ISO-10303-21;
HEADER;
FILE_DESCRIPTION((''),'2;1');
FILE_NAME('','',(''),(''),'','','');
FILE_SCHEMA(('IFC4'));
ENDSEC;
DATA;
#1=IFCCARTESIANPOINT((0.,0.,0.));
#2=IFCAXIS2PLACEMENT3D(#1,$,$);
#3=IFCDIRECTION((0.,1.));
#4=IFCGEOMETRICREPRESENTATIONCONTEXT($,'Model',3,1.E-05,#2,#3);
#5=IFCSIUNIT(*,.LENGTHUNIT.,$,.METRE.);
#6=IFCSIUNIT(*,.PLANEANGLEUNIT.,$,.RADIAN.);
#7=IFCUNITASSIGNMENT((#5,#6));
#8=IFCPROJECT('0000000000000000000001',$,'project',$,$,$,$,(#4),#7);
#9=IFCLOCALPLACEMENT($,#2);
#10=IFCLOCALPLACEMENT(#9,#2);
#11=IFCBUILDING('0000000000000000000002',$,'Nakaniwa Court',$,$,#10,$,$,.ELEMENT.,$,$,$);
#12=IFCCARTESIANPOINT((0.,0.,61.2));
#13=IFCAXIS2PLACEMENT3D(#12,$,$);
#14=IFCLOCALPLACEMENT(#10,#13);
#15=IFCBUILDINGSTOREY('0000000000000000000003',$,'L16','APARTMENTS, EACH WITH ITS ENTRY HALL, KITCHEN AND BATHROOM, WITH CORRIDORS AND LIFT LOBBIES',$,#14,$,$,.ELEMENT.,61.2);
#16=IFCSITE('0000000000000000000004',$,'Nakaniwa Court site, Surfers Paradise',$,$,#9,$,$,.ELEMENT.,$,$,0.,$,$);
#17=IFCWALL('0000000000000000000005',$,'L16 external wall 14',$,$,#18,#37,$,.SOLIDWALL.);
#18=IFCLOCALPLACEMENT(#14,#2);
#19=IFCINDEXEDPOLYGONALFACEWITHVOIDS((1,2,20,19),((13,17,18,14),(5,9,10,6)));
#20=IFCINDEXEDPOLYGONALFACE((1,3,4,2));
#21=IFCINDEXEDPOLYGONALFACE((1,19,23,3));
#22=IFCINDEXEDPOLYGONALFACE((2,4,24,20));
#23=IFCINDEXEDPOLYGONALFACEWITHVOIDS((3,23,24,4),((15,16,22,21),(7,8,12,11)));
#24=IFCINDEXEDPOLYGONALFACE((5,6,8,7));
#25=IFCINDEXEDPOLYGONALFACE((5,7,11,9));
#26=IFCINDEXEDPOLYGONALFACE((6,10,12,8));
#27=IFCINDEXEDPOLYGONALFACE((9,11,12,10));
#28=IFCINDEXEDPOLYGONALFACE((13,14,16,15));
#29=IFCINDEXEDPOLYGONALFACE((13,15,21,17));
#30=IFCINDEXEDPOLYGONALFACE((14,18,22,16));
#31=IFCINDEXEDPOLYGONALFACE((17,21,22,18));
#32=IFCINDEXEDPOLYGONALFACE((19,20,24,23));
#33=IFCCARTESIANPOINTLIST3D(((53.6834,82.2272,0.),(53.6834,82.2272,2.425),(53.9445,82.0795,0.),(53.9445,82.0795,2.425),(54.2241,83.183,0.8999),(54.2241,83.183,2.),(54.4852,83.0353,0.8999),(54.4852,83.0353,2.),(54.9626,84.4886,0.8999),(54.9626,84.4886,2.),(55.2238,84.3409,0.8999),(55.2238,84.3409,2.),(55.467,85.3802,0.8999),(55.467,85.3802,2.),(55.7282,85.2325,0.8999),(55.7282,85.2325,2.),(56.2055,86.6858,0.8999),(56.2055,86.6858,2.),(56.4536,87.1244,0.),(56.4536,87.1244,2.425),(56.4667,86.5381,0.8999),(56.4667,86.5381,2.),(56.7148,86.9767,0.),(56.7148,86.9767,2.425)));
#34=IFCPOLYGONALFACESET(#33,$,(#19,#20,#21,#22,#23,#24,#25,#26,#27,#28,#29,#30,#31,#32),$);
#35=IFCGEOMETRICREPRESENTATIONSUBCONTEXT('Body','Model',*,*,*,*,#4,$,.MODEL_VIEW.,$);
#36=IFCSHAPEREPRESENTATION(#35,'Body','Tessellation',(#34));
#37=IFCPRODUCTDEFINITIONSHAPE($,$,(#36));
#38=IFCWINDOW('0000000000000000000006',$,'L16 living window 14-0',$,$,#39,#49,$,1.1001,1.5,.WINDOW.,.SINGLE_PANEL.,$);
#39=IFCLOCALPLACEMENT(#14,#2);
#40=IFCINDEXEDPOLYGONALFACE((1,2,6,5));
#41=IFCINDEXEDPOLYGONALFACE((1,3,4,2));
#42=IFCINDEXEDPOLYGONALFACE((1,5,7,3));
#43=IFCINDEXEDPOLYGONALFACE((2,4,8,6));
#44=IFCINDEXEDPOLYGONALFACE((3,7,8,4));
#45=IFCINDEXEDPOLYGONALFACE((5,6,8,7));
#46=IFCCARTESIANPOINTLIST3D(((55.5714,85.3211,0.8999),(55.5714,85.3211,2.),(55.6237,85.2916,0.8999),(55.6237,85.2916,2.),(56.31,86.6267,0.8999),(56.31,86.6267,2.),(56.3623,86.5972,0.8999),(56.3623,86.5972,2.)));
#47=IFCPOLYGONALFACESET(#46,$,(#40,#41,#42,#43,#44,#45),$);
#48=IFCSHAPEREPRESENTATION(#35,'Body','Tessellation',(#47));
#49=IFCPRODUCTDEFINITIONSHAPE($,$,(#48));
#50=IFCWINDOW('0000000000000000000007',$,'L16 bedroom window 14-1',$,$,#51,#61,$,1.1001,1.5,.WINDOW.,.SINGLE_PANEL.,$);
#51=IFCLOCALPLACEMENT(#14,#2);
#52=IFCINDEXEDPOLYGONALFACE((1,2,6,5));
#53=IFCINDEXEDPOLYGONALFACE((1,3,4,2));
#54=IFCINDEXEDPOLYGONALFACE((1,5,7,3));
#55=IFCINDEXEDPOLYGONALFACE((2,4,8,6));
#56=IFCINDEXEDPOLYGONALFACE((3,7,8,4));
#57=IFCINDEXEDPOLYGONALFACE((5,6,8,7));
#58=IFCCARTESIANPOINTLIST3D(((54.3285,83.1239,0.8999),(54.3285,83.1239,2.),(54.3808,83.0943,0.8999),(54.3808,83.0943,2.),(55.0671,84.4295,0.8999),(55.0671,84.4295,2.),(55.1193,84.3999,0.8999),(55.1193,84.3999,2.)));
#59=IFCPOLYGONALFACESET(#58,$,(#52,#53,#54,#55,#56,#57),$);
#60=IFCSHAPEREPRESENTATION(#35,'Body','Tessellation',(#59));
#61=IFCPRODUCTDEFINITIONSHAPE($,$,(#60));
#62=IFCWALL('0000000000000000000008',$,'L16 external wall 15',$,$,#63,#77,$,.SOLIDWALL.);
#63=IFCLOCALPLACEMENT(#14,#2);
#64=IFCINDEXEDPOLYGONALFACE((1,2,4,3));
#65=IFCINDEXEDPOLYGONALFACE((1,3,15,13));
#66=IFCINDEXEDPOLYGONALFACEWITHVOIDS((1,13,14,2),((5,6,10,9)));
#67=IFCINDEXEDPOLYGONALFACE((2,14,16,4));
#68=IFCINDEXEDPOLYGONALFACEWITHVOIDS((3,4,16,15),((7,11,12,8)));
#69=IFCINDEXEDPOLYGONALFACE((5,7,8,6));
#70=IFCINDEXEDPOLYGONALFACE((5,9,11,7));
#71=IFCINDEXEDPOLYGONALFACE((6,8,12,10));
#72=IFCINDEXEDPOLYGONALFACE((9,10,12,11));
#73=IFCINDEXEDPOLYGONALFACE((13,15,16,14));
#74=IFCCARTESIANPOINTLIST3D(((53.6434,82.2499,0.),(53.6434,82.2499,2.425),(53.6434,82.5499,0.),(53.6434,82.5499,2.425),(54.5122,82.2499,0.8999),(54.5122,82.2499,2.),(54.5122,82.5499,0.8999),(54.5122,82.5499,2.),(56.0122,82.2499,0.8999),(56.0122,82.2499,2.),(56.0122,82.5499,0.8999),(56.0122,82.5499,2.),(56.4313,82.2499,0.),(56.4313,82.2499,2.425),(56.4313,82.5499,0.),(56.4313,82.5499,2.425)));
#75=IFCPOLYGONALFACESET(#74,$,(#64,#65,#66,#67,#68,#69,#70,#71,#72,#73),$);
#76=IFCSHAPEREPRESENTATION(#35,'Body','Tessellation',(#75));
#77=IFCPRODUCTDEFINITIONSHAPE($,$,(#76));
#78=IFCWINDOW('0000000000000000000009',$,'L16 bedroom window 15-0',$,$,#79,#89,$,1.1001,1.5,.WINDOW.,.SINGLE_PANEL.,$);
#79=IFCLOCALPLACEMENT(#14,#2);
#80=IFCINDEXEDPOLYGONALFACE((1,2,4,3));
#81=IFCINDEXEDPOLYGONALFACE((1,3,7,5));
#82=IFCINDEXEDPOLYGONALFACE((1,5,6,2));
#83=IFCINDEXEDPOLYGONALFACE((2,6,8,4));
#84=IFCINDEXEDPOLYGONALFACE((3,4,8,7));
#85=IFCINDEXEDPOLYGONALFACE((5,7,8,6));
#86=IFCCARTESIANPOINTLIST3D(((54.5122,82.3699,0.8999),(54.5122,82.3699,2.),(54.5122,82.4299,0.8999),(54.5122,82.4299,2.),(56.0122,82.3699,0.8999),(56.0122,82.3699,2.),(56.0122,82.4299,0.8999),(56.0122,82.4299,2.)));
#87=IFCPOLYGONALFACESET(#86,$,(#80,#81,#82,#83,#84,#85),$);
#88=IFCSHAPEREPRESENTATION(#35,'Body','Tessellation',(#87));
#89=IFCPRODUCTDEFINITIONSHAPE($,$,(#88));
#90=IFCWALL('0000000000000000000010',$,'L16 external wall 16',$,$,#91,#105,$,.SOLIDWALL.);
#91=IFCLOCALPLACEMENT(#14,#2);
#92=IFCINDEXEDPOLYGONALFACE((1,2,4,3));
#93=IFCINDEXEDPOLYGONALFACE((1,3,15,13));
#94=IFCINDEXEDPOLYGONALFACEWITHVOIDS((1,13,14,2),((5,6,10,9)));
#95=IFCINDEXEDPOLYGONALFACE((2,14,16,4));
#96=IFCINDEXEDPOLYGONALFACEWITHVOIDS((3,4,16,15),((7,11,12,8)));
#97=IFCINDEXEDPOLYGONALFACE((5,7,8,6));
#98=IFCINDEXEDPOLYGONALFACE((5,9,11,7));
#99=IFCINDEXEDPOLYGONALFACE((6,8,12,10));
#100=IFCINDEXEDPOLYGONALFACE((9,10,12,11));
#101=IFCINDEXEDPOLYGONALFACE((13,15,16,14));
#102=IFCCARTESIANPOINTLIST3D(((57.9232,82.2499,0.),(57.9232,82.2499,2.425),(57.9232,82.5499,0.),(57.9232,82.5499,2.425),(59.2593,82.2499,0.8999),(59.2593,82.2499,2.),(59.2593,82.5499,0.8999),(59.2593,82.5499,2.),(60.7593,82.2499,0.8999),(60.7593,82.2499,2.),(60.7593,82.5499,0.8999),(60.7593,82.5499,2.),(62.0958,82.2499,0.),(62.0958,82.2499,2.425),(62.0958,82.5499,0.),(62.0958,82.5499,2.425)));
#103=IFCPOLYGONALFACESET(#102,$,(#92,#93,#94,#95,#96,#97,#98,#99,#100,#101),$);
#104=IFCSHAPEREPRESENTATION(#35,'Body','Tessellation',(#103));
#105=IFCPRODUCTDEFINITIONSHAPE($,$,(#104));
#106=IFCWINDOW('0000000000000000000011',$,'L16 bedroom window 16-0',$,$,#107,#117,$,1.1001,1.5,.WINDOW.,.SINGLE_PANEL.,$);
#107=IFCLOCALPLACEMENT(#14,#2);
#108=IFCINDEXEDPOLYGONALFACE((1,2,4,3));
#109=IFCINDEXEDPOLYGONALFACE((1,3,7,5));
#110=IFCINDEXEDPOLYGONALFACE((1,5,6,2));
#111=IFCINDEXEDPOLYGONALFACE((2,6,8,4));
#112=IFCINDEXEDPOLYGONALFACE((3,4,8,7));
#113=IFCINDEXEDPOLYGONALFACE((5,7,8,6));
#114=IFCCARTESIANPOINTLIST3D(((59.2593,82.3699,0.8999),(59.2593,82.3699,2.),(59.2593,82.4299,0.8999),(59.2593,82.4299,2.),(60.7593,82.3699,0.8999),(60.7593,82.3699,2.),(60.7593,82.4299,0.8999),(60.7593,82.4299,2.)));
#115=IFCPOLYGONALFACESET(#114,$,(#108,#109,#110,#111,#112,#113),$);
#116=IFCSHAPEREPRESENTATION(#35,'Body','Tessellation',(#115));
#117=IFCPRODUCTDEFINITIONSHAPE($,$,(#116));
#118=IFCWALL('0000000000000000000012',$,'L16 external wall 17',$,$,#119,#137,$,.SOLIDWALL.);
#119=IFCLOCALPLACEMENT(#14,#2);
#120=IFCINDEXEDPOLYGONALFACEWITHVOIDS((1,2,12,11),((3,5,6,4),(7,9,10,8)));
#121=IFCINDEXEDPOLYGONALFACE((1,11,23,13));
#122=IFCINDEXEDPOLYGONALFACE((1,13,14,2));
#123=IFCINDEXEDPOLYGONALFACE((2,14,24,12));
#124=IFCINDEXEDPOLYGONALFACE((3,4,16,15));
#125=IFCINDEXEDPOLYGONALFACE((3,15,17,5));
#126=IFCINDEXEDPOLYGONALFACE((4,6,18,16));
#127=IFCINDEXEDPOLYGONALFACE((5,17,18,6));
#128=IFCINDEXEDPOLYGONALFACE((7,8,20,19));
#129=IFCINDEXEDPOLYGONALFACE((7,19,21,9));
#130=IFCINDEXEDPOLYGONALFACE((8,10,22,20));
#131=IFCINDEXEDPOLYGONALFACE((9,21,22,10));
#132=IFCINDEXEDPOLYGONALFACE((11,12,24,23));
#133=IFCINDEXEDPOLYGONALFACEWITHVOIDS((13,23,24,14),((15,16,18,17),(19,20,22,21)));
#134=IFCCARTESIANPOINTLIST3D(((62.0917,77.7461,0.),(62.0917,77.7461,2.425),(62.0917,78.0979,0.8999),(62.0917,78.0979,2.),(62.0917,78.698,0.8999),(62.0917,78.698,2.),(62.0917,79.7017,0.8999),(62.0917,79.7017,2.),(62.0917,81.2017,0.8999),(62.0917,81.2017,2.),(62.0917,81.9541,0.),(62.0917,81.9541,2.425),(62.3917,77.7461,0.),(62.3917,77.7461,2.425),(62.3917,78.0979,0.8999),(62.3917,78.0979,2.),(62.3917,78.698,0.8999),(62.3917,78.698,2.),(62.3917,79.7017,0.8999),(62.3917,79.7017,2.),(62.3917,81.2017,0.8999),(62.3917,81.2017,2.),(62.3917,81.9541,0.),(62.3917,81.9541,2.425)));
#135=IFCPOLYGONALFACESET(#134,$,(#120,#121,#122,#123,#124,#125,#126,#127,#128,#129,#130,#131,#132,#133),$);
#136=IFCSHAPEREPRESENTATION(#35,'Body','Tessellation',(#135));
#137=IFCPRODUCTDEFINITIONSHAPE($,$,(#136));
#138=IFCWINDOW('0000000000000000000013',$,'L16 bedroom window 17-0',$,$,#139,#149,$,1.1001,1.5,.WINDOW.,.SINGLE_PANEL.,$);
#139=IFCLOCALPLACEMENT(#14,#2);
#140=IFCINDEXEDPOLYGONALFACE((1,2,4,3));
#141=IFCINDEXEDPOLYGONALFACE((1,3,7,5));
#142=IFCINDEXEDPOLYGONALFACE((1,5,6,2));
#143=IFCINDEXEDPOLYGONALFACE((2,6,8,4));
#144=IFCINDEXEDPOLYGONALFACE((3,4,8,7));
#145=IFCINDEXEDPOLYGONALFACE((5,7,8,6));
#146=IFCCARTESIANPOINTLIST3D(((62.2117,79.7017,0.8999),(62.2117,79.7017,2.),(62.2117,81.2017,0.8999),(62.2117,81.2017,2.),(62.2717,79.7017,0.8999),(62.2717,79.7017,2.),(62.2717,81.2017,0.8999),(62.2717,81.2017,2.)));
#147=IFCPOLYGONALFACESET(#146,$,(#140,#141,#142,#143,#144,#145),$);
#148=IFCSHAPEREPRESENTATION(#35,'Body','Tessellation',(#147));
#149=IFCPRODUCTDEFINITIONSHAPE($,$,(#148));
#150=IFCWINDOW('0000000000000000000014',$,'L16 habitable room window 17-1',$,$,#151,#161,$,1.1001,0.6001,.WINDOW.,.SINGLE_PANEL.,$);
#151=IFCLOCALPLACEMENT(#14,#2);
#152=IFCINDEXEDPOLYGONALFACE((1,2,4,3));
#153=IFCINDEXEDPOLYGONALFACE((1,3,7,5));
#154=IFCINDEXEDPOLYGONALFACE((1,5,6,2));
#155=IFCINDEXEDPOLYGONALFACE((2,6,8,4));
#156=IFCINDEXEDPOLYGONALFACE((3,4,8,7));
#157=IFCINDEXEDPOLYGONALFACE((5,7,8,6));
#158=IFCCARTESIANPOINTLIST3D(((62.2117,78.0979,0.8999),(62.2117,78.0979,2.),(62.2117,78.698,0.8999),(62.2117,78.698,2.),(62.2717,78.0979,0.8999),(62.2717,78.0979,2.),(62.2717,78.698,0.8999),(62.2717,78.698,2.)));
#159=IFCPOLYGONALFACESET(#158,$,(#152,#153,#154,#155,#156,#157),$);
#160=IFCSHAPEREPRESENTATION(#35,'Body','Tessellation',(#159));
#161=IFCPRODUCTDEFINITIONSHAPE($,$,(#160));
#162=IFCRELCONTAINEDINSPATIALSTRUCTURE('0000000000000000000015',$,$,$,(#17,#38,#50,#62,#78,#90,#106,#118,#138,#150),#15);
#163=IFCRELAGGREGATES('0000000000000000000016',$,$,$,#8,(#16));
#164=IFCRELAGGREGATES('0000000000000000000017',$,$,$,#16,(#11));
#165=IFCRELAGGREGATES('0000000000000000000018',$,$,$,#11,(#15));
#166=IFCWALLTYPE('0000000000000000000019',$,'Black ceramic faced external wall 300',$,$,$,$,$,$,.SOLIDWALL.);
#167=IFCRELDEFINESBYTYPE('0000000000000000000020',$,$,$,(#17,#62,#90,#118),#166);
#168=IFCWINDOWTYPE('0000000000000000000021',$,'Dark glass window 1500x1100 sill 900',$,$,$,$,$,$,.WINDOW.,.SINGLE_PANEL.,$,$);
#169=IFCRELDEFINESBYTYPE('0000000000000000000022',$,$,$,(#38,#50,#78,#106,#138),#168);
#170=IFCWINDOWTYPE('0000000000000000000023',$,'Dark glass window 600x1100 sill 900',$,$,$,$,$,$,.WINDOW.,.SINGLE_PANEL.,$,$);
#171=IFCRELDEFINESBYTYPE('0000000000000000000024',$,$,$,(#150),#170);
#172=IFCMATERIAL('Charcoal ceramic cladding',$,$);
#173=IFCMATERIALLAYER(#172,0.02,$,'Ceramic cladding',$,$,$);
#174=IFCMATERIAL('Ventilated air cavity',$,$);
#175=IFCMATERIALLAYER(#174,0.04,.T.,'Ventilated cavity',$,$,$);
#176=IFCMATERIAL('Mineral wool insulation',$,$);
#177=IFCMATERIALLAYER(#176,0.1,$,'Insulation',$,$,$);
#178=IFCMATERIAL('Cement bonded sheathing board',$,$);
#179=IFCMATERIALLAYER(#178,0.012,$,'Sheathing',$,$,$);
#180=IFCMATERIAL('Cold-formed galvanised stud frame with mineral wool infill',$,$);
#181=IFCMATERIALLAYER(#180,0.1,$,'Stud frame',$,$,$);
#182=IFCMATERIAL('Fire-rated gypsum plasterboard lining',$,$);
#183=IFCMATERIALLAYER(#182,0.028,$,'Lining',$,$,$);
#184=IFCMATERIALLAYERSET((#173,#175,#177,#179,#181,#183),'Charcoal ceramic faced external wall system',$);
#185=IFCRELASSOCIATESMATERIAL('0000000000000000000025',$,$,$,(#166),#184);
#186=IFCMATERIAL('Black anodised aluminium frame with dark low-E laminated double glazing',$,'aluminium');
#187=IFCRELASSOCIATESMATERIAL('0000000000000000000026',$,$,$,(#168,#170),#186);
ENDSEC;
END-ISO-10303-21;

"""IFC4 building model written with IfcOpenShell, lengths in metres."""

from ifc_helpers import new_model, si_unit, direction, frame, frame_2d, origin, place, context, subcontext, project, spatial, rectangle, extrude, material, layer, layer_set, type_object, element, fill, save


model = new_model("IFC4")

# Units and contexts
model_context = context("Model", 3, precision=1e-05, world=origin(), true_north=direction((0.0, 1.0)))
body_context = subcontext(model_context, "Body", "Model", "MODEL_VIEW")
ifc_project = project(units=[si_unit("LENGTHUNIT", "METRE"), si_unit("PLANEANGLEUNIT", "RADIAN")], contexts=[model_context])

# Site, building, storey
site_placement = place(None, origin())
site = spatial("IfcSite", under=ifc_project, at=site_placement, Name="Nakaniwa Court site, Surfers Paradise", CompositionType="ELEMENT", RefElevation=0.0)
building_placement = place(site_placement, origin())
building = spatial("IfcBuilding", under=site, at=building_placement, Name="Nakaniwa Court", CompositionType="ELEMENT")
storey_placement = place(building_placement, frame((0.0, 0.0, 61.2)))
storey = spatial("IfcBuildingStorey", under=building, at=storey_placement, Name="L16", Description="APARTMENTS, EACH WITH ITS ENTRY HALL, KITCHEN AND BATHROOM, WITH CORRIDORS AND LIFT LOBBIES", CompositionType="ELEMENT", Elevation=61.2)

# Wall, openings, windows
ifc_material_1 = material(Name="Charcoal ceramic cladding")
ifc_layer_1 = layer(ifc_material_1, 0.02, Name="Ceramic cladding")
ifc_material_2 = material(Name="Ventilated air cavity")
ifc_layer_2 = layer(ifc_material_2, 0.04, ventilated=True, Name="Ventilated cavity")
ifc_material_3 = material(Name="Mineral wool insulation")
ifc_layer_3 = layer(ifc_material_3, 0.1, Name="Insulation")
ifc_material_4 = material(Name="Cement bonded sheathing board")
ifc_layer_4 = layer(ifc_material_4, 0.012, Name="Sheathing")
ifc_material_5 = material(Name="Cold-formed galvanised stud frame with mineral wool infill")
ifc_layer_5 = layer(ifc_material_5, 0.1, Name="Stud frame")
ifc_material_6 = material(Name="Fire-rated gypsum plasterboard lining")
ifc_layer_6 = layer(ifc_material_6, 0.028, Name="Lining")
ifc_layer_set_1 = layer_set([ifc_layer_1, ifc_layer_2, ifc_layer_3, ifc_layer_4, ifc_layer_5, ifc_layer_6], Name="Charcoal ceramic faced external wall system")
wall_type_1 = type_object("IfcWallType", Name="Black ceramic faced external wall 300", PredefinedType="SOLIDWALL", material=ifc_layer_set_1)
wall_1_placement = place(storey_placement, frame((56.5842, 87.0505, 0.0), z_axis=(0.0, 0.0, 1.0), x_axis=(-0.492363, -0.87039, 0.0)))
wall_1 = element("IfcWall", 1, at=wall_1_placement, inside=storey, type_object=wall_type_1, Name="L16 external wall 14", PredefinedType="SOLIDWALL", context=body_context, shape_type="SweptSolid", body=[
    extrude(rectangle(XDim=5.6265, YDim=0.3, at=frame_2d((2.8132, 0.0))), origin(), (0.0, 0.0, 1.0), 2.425),
])
opening_1_placement = place(wall_1_placement, frame((0.5039, 0.0, 0.8999)))
opening_1 = element("IfcOpeningElement", 2, at=opening_1_placement, cuts=wall_1, PredefinedType="OPENING", context=body_context, shape_type="SweptSolid", body=[
    extrude(rectangle(XDim=1.5, YDim=1.1001, at=frame_2d((0.75, 0.55))), frame((0.0, 0.1599, 0.0), z_axis=(0.0, -1.0, 0.0), x_axis=(1.0, 0.0, 0.0)), (0.0, 0.0, 1.0), 0.3201),
])
opening_2_placement = place(wall_1_placement, frame((3.0283, 0.0, 0.8999)))
opening_2 = element("IfcOpeningElement", 3, at=opening_2_placement, cuts=wall_1, PredefinedType="OPENING", context=body_context, shape_type="SweptSolid", body=[
    extrude(rectangle(XDim=1.5, YDim=1.1001, at=frame_2d((0.75, 0.55))), frame((0.0, 0.1599, 0.0), z_axis=(0.0, -1.0, 0.0), x_axis=(1.0, 0.0, 0.0)), (0.0, 0.0, 1.0), 0.3201),
])
ifc_material_7 = material(Name="Black anodised aluminium frame with dark low-E laminated double glazing", Category="aluminium")
window_type_1 = type_object("IfcWindowType", Name="Dark glass window 1500x1100 sill 900", PartitioningType="SINGLE_PANEL", PredefinedType="WINDOW", material=ifc_material_7)
window_1_placement = place(opening_1_placement, origin())
window_1 = element("IfcWindow", 4, at=window_1_placement, inside=storey, type_object=window_type_1, Name="L16 living window 14-0", OverallHeight=1.1001, OverallWidth=1.5, PartitioningType="SINGLE_PANEL", PredefinedType="WINDOW", context=body_context, shape_type="SweptSolid", body=[
    extrude(rectangle(XDim=1.5, YDim=1.1001, at=frame_2d((0.75, 0.55))), frame((0.0, 0.03, 0.0), z_axis=(0.0, -1.0, 0.0), x_axis=(1.0, 0.0, 0.0)), (0.0, 0.0, 1.0), 0.0601),
])
fill(opening_1, window_1)
window_2_placement = place(opening_2_placement, origin())
window_2 = element("IfcWindow", 5, at=window_2_placement, inside=storey, type_object=window_type_1, Name="L16 bedroom window 14-1", OverallHeight=1.1001, OverallWidth=1.5, PartitioningType="SINGLE_PANEL", PredefinedType="WINDOW", context=body_context, shape_type="SweptSolid", body=[
    extrude(rectangle(XDim=1.5, YDim=1.1001, at=frame_2d((0.75, 0.55))), frame((0.0, 0.03, 0.0), z_axis=(0.0, -1.0, 0.0), x_axis=(1.0, 0.0, 0.0)), (0.0, 0.0, 1.0), 0.0601),
])
fill(opening_2, window_2)

# Walls, openings, windows
wall_2_placement = place(storey_placement, frame((53.6433, 82.3999, 0.0), z_axis=(0.0, 0.0, 1.0), x_axis=(1.0, 0.0, 0.0)))
wall_2 = element("IfcWall", 6, at=wall_2_placement, inside=storey, type_object=wall_type_1, Name="L16 external wall 15", PredefinedType="SOLIDWALL", context=body_context, shape_type="SweptSolid", body=[
    extrude(rectangle(XDim=2.7878, YDim=0.3, at=frame_2d((1.394, 0.0))), origin(), (0.0, 0.0, 1.0), 2.425),
])
opening_3_placement = place(wall_2_placement, frame((0.8689, 0.0, 0.8999)))
opening_3 = element("IfcOpeningElement", 7, at=opening_3_placement, cuts=wall_2, PredefinedType="OPENING", context=body_context, shape_type="SweptSolid", body=[
    extrude(rectangle(XDim=1.5, YDim=1.1001, at=frame_2d((0.75, 0.55))), frame((0.0, 0.1599, 0.0), z_axis=(0.0, -1.0, 0.0), x_axis=(1.0, 0.0, 0.0)), (0.0, 0.0, 1.0), 0.3201),
])
window_3_placement = place(opening_3_placement, origin())
window_3 = element("IfcWindow", 8, at=window_3_placement, inside=storey, type_object=window_type_1, Name="L16 bedroom window 15-0", OverallHeight=1.1001, OverallWidth=1.5, PartitioningType="SINGLE_PANEL", PredefinedType="WINDOW", context=body_context, shape_type="SweptSolid", body=[
    extrude(rectangle(XDim=1.5, YDim=1.1001, at=frame_2d((0.75, 0.55))), frame((0.0, 0.03, 0.0), z_axis=(0.0, -1.0, 0.0), x_axis=(1.0, 0.0, 0.0)), (0.0, 0.0, 1.0), 0.0601),
])
fill(opening_3, window_3)
wall_3_placement = place(storey_placement, frame((57.9231, 82.3999, 0.0), z_axis=(0.0, 0.0, 1.0), x_axis=(1.0, 0.0, 0.0)))
wall_3 = element("IfcWall", 9, at=wall_3_placement, inside=storey, type_object=wall_type_1, Name="L16 external wall 16", PredefinedType="SOLIDWALL", context=body_context, shape_type="SweptSolid", body=[
    extrude(rectangle(XDim=4.1726, YDim=0.3, at=frame_2d((2.0864, 0.0))), origin(), (0.0, 0.0, 1.0), 2.425),
])
opening_4_placement = place(wall_3_placement, frame((1.3362, 0.0, 0.8999)))
opening_4 = element("IfcOpeningElement", 10, at=opening_4_placement, cuts=wall_3, PredefinedType="OPENING", context=body_context, shape_type="SweptSolid", body=[
    extrude(rectangle(XDim=1.5, YDim=1.1001, at=frame_2d((0.75, 0.55))), frame((0.0, 0.1599, 0.0), z_axis=(0.0, -1.0, 0.0), x_axis=(1.0, 0.0, 0.0)), (0.0, 0.0, 1.0), 0.3201),
])
window_4_placement = place(opening_4_placement, origin())
window_4 = element("IfcWindow", 11, at=window_4_placement, inside=storey, type_object=window_type_1, Name="L16 bedroom window 16-0", OverallHeight=1.1001, OverallWidth=1.5, PartitioningType="SINGLE_PANEL", PredefinedType="WINDOW", context=body_context, shape_type="SweptSolid", body=[
    extrude(rectangle(XDim=1.5, YDim=1.1001, at=frame_2d((0.75, 0.55))), frame((0.0, 0.03, 0.0), z_axis=(0.0, -1.0, 0.0), x_axis=(1.0, 0.0, 0.0)), (0.0, 0.0, 1.0), 0.0601),
])
fill(opening_4, window_4)

# Wall, openings, windows
wall_4_placement = place(storey_placement, frame((62.2417, 81.9541, 0.0), z_axis=(0.0, 0.0, 1.0), x_axis=(0.0, -1.0, 0.0)))
wall_4 = element("IfcWall", 12, at=wall_4_placement, inside=storey, type_object=wall_type_1, Name="L16 external wall 17", PredefinedType="SOLIDWALL", context=body_context, shape_type="SweptSolid", body=[
    extrude(rectangle(XDim=4.208, YDim=0.3, at=frame_2d((2.104, 0.0))), origin(), (0.0, 0.0, 1.0), 2.425),
])
opening_5_placement = place(wall_4_placement, frame((0.7524, 0.0, 0.8999)))
opening_5 = element("IfcOpeningElement", 13, at=opening_5_placement, cuts=wall_4, PredefinedType="OPENING", context=body_context, shape_type="SweptSolid", body=[
    extrude(rectangle(XDim=1.5, YDim=1.1001, at=frame_2d((0.75, 0.55))), frame((0.0, 0.1599, 0.0), z_axis=(0.0, -1.0, 0.0), x_axis=(1.0, 0.0, 0.0)), (0.0, 0.0, 1.0), 0.3201),
])
opening_6_placement = place(wall_4_placement, frame((3.2561, 0.0, 0.8999)))
opening_6 = element("IfcOpeningElement", 14, at=opening_6_placement, cuts=wall_4, PredefinedType="OPENING", context=body_context, shape_type="SweptSolid", body=[
    extrude(rectangle(XDim=0.6001, YDim=1.1001, at=frame_2d((0.3, 0.55))), frame((0.0, 0.1599, 0.0), z_axis=(0.0, -1.0, 0.0), x_axis=(1.0, 0.0, 0.0)), (0.0, 0.0, 1.0), 0.3201),
])
window_5_placement = place(opening_5_placement, origin())
window_5 = element("IfcWindow", 15, at=window_5_placement, inside=storey, type_object=window_type_1, Name="L16 bedroom window 17-0", OverallHeight=1.1001, OverallWidth=1.5, PartitioningType="SINGLE_PANEL", PredefinedType="WINDOW", context=body_context, shape_type="SweptSolid", body=[
    extrude(rectangle(XDim=1.5, YDim=1.1001, at=frame_2d((0.75, 0.55))), frame((0.0, 0.03, 0.0), z_axis=(0.0, -1.0, 0.0), x_axis=(1.0, 0.0, 0.0)), (0.0, 0.0, 1.0), 0.0601),
])
fill(opening_5, window_5)
window_type_2 = type_object("IfcWindowType", Name="Dark glass window 600x1100 sill 900", PartitioningType="SINGLE_PANEL", PredefinedType="WINDOW", material=ifc_material_7)
window_6_placement = place(opening_6_placement, origin())
window_6 = element("IfcWindow", 16, at=window_6_placement, inside=storey, type_object=window_type_2, Name="L16 habitable room window 17-1", OverallHeight=1.1001, OverallWidth=0.6001, PartitioningType="SINGLE_PANEL", PredefinedType="WINDOW", context=body_context, shape_type="SweptSolid", body=[
    extrude(rectangle(XDim=0.6001, YDim=1.1001, at=frame_2d((0.3, 0.55))), frame((0.0, 0.03, 0.0), z_axis=(0.0, -1.0, 0.0), x_axis=(1.0, 0.0, 0.0)), (0.0, 0.0, 1.0), 0.0601),
])
fill(opening_6, window_6)

save(model, "model.ifc")
